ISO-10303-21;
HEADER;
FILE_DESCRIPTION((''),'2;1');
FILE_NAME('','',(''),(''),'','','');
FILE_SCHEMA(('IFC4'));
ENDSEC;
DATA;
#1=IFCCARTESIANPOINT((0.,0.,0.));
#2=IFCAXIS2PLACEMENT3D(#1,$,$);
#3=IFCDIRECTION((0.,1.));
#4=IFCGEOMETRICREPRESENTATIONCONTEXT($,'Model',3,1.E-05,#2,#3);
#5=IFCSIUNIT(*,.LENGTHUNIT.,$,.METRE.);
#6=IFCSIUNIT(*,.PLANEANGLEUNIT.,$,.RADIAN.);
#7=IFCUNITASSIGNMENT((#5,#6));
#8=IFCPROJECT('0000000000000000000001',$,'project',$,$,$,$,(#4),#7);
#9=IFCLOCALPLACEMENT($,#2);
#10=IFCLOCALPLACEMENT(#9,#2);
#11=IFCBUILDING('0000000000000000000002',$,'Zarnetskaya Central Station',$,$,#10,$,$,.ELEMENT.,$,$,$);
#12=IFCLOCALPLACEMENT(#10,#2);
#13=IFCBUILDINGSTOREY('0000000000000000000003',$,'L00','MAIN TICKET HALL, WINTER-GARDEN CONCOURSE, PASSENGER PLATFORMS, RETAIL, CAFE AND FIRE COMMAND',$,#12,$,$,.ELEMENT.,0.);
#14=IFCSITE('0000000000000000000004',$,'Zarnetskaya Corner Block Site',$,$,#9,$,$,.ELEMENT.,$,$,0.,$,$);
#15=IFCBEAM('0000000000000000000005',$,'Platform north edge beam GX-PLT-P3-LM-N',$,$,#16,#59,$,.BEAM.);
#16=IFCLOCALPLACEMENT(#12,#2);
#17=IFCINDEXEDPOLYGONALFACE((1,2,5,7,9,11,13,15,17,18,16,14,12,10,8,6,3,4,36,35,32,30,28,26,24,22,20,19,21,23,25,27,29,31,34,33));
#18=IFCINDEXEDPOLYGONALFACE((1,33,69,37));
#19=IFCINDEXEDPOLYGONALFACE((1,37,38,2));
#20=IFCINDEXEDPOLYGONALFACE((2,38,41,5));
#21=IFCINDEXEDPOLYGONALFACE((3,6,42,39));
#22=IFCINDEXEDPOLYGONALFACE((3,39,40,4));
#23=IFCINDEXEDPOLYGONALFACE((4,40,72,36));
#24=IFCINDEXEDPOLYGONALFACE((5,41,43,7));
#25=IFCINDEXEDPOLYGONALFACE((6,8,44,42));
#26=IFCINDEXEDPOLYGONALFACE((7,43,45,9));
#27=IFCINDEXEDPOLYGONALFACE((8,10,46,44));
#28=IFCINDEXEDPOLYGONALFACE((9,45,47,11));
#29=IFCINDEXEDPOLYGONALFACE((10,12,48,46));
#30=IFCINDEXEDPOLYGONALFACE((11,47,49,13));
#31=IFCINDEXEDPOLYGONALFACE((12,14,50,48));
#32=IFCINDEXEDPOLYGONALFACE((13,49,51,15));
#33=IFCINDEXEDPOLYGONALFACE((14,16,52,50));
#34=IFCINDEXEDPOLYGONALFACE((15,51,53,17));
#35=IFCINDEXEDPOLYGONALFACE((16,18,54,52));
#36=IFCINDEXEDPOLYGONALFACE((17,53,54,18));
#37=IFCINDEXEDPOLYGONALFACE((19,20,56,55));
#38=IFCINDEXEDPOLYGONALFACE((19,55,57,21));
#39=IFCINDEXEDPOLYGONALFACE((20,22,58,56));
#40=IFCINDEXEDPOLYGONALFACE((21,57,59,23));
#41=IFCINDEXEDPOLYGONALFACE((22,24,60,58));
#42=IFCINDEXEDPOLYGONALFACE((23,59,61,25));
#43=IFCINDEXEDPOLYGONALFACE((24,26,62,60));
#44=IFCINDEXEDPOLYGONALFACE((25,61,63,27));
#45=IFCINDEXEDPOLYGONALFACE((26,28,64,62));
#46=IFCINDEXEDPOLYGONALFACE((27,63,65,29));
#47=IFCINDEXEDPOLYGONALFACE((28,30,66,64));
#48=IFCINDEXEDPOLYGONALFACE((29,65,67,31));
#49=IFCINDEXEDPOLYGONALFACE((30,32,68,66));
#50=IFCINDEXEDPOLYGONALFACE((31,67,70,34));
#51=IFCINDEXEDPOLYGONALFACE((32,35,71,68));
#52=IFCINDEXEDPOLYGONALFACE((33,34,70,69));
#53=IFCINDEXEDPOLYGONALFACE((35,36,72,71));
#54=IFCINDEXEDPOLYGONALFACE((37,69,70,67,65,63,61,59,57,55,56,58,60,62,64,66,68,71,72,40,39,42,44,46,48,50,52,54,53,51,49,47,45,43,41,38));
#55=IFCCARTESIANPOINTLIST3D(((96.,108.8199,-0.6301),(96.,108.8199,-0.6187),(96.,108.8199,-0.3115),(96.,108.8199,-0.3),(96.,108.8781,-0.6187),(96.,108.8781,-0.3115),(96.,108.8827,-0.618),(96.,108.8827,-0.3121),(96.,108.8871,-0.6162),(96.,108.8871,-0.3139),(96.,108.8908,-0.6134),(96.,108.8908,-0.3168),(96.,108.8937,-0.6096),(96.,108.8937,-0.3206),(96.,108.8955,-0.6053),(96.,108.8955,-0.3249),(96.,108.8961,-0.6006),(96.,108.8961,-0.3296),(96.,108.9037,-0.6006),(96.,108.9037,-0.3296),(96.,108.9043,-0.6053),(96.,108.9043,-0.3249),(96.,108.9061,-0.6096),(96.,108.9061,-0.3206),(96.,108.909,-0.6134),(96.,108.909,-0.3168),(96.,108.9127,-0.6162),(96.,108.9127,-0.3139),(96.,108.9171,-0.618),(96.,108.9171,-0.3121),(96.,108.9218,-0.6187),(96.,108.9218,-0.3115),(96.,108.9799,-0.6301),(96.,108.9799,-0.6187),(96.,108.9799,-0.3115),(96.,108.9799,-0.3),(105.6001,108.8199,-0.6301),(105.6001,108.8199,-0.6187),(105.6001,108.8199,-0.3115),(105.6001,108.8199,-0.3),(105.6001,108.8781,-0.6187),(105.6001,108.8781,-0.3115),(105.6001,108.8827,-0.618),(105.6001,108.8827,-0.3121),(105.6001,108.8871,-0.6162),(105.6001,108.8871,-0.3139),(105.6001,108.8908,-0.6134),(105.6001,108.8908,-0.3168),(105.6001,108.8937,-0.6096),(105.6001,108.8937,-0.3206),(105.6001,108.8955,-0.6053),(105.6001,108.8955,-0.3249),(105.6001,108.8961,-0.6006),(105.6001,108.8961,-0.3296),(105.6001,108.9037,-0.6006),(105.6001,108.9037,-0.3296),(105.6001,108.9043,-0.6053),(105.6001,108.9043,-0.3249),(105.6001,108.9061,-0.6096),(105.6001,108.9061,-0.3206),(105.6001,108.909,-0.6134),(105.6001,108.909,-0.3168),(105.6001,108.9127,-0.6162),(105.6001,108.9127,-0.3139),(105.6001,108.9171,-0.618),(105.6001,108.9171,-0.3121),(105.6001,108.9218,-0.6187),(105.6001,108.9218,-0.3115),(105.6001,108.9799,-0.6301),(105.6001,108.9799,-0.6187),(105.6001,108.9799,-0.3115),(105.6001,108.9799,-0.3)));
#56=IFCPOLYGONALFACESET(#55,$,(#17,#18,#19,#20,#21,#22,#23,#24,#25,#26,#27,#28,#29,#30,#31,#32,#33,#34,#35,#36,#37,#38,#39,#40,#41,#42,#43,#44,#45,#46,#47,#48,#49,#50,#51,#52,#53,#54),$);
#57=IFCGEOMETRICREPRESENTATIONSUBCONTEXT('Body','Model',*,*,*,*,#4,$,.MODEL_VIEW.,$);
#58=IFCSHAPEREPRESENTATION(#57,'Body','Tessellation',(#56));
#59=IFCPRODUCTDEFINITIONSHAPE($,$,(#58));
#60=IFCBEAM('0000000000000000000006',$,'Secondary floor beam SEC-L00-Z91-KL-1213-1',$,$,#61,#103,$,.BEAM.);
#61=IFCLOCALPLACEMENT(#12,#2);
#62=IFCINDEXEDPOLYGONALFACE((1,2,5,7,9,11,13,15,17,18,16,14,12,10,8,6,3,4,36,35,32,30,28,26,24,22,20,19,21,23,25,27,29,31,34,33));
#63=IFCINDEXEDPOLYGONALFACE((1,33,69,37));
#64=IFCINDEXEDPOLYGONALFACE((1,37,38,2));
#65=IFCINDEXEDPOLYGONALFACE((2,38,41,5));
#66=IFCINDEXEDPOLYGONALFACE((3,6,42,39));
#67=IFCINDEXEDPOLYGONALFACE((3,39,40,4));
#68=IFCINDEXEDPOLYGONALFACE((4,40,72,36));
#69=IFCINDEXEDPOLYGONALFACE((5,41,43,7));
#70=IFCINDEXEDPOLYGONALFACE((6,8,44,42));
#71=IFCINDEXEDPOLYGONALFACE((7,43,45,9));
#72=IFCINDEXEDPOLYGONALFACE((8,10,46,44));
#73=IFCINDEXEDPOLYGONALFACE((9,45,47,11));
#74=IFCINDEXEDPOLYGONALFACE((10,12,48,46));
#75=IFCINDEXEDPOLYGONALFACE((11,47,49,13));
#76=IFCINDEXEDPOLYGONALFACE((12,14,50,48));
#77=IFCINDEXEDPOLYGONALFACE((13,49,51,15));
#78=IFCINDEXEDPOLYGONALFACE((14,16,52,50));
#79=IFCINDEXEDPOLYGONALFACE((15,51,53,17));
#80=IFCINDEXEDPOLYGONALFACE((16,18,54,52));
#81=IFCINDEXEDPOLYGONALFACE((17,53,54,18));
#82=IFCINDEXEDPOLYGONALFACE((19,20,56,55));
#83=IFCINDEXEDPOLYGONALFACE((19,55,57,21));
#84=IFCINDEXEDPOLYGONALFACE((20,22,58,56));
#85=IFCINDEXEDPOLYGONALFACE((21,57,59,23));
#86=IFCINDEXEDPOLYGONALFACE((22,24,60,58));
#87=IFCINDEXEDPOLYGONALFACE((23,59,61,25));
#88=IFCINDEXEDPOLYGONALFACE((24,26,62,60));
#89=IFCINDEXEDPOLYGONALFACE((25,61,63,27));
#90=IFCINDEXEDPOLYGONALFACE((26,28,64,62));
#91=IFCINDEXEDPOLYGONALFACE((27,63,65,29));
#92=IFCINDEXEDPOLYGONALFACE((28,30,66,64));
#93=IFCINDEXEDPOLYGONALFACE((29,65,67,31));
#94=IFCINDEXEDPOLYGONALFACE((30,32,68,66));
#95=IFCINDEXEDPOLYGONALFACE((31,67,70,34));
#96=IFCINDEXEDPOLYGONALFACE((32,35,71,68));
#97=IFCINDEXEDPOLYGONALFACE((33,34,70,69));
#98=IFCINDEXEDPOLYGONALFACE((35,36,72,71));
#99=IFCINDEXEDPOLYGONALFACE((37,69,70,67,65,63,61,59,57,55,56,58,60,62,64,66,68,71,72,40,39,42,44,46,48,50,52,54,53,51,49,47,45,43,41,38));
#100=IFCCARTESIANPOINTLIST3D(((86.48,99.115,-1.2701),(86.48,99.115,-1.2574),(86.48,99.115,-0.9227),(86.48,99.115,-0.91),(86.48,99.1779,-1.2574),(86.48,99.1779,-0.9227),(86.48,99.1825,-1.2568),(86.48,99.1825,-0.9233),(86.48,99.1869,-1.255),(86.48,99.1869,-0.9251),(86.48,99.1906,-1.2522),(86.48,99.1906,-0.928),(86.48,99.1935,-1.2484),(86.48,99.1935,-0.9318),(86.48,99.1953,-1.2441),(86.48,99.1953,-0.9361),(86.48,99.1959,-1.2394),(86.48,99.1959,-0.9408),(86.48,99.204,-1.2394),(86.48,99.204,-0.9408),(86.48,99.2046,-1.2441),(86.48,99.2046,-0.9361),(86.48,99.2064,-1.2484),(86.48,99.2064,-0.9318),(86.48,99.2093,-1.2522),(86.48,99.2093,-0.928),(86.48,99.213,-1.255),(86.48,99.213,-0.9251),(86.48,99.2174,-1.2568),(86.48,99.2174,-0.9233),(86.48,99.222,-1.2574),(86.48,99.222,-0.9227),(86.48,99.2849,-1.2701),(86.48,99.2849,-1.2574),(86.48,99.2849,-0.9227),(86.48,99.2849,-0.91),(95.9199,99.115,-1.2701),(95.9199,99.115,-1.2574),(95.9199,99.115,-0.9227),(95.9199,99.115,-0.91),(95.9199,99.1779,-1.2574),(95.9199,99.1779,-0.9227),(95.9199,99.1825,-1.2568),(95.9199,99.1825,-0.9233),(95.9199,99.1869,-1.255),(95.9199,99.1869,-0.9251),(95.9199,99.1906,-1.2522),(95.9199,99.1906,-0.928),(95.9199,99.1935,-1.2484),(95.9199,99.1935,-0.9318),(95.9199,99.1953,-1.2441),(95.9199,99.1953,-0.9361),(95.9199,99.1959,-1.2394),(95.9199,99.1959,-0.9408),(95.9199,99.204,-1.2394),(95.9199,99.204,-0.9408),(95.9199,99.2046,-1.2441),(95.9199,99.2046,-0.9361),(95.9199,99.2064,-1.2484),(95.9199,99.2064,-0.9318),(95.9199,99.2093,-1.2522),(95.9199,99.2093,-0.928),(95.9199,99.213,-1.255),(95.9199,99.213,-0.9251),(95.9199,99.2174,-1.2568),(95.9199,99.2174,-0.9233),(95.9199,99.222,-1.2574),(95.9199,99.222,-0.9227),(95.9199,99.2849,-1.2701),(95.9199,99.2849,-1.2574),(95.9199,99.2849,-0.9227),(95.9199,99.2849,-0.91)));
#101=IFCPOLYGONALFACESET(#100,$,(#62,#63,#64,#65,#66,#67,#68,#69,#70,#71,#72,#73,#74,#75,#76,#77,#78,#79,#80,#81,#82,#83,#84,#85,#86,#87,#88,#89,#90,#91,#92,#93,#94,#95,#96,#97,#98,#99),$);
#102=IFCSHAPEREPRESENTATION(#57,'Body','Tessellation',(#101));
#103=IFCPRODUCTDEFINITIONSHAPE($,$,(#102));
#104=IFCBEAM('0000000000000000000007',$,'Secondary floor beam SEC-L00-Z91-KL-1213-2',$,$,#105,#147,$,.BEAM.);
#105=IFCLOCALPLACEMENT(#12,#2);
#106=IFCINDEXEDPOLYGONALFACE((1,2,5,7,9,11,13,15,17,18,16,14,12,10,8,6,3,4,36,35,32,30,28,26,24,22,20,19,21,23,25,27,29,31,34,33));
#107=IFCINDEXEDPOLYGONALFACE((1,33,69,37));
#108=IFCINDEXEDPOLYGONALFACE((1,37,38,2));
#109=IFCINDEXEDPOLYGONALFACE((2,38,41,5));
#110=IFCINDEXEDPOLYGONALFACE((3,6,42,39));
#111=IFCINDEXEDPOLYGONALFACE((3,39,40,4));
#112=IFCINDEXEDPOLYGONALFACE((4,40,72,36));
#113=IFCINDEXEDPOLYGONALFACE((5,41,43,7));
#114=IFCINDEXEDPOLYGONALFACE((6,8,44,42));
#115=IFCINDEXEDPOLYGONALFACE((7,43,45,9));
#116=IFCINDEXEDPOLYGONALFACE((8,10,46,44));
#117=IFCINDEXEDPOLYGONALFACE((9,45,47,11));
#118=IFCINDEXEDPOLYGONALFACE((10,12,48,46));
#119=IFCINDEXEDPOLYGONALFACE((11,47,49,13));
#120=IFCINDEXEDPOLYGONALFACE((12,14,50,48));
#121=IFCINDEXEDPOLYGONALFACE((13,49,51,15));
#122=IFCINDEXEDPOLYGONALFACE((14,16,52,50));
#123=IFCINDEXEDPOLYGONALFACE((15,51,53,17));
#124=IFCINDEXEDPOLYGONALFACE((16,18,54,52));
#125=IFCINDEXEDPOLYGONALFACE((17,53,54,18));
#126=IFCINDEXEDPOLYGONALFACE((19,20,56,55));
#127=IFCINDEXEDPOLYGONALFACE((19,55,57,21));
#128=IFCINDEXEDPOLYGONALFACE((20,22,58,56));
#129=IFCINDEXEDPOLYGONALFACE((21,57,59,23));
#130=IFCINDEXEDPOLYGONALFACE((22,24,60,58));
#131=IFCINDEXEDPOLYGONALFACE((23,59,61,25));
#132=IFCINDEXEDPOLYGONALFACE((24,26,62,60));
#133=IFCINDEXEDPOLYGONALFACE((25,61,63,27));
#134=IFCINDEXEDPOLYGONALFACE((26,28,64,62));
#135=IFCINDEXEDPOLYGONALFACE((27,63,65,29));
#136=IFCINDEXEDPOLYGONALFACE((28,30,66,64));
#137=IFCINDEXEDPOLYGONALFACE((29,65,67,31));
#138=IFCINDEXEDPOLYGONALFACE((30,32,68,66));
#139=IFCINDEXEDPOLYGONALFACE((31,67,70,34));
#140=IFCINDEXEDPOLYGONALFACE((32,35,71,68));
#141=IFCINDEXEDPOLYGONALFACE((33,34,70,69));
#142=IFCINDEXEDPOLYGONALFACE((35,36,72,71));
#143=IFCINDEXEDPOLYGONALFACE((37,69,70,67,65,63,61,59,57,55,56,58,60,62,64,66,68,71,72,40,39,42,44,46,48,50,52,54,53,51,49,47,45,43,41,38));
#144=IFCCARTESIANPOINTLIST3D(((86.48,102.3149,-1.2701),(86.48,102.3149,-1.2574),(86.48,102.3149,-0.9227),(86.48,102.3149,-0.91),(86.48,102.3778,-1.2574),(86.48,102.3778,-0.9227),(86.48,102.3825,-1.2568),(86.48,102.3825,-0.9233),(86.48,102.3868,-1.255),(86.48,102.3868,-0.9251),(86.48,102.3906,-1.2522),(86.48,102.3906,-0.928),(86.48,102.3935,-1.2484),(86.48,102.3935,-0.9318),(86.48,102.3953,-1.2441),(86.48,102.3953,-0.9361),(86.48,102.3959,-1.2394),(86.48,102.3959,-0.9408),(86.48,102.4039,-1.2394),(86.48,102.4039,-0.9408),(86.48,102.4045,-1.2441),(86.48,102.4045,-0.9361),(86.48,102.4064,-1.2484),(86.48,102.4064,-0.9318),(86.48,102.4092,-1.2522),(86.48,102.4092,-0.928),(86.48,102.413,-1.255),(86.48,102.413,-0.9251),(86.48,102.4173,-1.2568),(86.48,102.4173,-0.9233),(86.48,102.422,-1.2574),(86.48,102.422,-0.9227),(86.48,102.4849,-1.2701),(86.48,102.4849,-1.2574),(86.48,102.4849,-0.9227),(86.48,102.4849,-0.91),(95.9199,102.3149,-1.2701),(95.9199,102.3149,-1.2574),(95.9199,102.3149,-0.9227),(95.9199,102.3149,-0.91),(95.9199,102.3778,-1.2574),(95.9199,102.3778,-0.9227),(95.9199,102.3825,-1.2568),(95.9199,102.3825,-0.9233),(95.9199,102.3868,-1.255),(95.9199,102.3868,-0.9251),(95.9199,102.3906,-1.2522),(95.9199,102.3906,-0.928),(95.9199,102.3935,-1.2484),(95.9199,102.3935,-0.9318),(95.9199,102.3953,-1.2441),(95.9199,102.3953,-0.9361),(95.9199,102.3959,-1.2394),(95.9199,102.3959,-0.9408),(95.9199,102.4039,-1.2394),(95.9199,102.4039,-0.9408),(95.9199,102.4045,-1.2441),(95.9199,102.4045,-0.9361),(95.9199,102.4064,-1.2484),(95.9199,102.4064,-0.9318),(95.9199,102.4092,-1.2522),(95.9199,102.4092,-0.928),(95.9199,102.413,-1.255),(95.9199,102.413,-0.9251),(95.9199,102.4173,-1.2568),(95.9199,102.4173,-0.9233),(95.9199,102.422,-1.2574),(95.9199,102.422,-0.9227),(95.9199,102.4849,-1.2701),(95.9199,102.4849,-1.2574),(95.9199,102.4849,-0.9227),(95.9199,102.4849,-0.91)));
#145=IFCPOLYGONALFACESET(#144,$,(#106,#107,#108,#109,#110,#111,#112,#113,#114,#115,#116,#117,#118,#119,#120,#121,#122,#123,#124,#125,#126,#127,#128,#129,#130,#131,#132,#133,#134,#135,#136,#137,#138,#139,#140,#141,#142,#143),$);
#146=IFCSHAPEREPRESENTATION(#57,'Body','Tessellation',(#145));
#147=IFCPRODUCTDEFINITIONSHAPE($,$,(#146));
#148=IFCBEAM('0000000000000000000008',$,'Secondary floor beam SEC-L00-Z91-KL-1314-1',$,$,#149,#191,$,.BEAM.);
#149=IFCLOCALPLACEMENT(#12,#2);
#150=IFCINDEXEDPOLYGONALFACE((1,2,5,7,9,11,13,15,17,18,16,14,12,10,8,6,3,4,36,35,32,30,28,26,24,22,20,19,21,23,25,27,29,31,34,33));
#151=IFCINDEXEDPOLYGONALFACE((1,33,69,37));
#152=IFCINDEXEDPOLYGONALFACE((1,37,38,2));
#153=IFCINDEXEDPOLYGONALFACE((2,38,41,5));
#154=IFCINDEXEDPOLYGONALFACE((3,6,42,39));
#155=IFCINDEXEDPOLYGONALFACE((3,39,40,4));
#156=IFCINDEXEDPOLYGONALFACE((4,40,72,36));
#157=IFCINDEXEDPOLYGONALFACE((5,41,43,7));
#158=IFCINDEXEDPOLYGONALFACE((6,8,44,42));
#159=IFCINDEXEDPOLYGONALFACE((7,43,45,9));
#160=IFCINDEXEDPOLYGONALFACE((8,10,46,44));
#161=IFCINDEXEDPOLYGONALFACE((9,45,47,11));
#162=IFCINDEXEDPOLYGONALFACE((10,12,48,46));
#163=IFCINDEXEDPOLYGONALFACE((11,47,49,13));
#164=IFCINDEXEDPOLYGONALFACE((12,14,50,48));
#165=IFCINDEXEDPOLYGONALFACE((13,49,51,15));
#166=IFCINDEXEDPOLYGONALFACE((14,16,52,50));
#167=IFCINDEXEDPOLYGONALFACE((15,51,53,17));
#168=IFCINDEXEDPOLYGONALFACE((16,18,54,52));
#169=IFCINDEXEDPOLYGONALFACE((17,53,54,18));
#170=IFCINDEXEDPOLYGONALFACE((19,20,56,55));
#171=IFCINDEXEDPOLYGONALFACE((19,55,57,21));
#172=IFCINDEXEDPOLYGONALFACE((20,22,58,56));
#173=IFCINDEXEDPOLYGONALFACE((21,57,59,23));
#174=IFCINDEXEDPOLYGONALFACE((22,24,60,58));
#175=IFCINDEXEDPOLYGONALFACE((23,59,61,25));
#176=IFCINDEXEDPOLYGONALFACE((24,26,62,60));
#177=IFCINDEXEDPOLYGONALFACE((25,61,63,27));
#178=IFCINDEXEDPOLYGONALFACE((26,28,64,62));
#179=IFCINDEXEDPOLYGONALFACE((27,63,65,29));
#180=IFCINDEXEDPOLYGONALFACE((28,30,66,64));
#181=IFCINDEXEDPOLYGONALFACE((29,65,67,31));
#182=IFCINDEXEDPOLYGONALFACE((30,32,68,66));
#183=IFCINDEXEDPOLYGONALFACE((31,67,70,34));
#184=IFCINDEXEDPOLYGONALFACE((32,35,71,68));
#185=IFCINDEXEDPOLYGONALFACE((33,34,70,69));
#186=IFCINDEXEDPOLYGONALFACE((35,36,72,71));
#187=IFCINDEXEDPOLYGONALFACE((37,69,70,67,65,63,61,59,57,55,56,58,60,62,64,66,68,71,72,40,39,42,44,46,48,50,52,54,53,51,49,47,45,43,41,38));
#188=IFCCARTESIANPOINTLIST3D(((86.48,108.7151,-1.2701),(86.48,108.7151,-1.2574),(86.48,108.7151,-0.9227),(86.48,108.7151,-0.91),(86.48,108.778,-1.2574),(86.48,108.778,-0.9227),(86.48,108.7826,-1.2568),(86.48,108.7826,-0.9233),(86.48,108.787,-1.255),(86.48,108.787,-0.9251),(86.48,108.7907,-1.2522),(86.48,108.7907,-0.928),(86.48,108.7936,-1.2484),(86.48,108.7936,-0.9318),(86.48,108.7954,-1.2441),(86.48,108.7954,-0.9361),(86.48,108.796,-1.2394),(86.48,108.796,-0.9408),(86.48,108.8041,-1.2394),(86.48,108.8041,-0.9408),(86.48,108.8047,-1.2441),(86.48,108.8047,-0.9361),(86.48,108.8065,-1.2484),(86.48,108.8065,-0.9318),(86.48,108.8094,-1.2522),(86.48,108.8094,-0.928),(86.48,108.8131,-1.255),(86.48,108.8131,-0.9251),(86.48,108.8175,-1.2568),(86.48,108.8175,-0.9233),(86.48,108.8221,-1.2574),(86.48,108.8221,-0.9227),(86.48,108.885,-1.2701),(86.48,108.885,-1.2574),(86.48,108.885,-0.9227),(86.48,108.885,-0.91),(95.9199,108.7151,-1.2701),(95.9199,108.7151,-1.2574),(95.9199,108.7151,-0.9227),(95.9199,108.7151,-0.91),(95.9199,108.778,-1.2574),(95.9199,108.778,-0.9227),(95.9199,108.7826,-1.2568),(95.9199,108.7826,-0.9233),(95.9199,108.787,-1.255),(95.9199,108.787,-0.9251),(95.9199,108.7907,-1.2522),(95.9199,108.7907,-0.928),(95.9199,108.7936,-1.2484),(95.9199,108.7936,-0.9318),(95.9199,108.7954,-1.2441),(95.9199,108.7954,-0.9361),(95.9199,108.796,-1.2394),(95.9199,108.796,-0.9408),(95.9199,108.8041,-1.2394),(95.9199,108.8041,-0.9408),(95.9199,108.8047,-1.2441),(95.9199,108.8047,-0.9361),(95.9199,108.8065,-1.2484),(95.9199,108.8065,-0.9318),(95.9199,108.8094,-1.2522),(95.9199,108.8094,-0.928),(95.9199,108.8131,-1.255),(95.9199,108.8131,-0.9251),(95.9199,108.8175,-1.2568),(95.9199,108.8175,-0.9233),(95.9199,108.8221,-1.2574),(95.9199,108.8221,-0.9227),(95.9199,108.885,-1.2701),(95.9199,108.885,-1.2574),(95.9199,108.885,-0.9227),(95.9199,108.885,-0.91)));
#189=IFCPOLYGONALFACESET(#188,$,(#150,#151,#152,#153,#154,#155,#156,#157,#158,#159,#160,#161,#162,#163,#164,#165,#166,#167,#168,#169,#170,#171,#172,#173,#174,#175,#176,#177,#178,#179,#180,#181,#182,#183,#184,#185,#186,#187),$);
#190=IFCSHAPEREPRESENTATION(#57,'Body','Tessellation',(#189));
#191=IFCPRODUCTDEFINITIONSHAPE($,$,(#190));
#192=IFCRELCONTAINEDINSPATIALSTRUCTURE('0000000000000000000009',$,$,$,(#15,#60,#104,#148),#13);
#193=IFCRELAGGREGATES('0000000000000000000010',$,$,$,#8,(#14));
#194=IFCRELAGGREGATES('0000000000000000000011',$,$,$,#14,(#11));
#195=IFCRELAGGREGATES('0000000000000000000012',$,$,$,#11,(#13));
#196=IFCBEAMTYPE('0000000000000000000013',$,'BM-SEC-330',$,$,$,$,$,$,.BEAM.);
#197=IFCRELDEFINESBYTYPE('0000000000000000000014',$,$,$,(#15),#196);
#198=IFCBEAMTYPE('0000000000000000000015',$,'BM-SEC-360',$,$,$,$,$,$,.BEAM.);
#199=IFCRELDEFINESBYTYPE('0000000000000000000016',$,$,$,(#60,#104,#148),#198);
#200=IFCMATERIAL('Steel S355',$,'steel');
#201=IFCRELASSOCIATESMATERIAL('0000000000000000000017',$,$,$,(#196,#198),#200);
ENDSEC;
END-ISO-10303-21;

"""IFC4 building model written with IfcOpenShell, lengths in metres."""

from ifc_helpers import new_model, si_unit, direction, frame, origin, origin_2d, place, context, subcontext, project, spatial, i_section, extrude, material, material_profile, profile_set, type_object, element, save


model = new_model("IFC4")

# Units and contexts
model_context = context("Model", 3, precision=1e-05, world=origin(), true_north=direction((0.0, 1.0)))
body_context = subcontext(model_context, "Body", "Model", "MODEL_VIEW")
ifc_project = project(units=[si_unit("LENGTHUNIT", "METRE"), si_unit("PLANEANGLEUNIT", "RADIAN")], contexts=[model_context])

# Site, building, storey
site_placement = place(None, origin())
site = spatial("IfcSite", under=ifc_project, at=site_placement, Name="Zarnetskaya Corner Block Site", CompositionType="ELEMENT", RefElevation=0.0)
building_placement = place(site_placement, origin())
building = spatial("IfcBuilding", under=site, at=building_placement, Name="Zarnetskaya Central Station", CompositionType="ELEMENT")
storey_placement = place(building_placement, origin())
storey = spatial("IfcBuildingStorey", under=building, at=storey_placement, Name="L00", Description="MAIN TICKET HALL, WINTER-GARDEN CONCOURSE, PASSENGER PLATFORMS, RETAIL, CAFE AND FIRE COMMAND", CompositionType="ELEMENT", Elevation=0.0)

# Shared definitions
ifc_material_1 = material(Name="Steel S355", Category="steel")

# Beams
ifc_material_profile_1 = material_profile(ifc_material_1, i_section(OverallWidth=0.1599, OverallDepth=0.3301, WebThickness=0.0076, FlangeThickness=0.0115, FilletRadius=0.0181, at=origin_2d()), Name="IPE 330")
ifc_profile_set_1 = profile_set([ifc_material_profile_1], Name="Steel S355")
beam_type_1 = type_object("IfcBeamType", Name="BM-SEC-330", PredefinedType="BEAM", material=ifc_profile_set_1)
for number, where, z_axis, x_axis, name in (
    (1, (96.0, 108.8999, -0.4651), (1.0, 0.0, 0.0), (0.0, 1.0, 0.0), "Platform north edge beam GX-PLT-P3-LM-N"),
):
    element("IfcBeam", number, at=place(storey_placement, frame(where, z_axis=z_axis, x_axis=x_axis)), inside=storey, type_object=beam_type_1, Name=name, PredefinedType="BEAM", context=body_context, shape_type="SweptSolid", body=[
        extrude(i_section(OverallWidth=0.1599, OverallDepth=0.3301, WebThickness=0.0076, FlangeThickness=0.0115, FilletRadius=0.0181, at=origin_2d()), origin(), (0.0, 0.0, 1.0), 9.6001),
    ])
ifc_material_profile_2 = material_profile(ifc_material_1, i_section(OverallWidth=0.1699, OverallDepth=0.3601, WebThickness=0.0081, FlangeThickness=0.0127, FilletRadius=0.0181, at=origin_2d()), Name="IPE 360")
ifc_profile_set_2 = profile_set([ifc_material_profile_2], Name="Steel S355")
beam_type_2 = type_object("IfcBeamType", Name="BM-SEC-360", PredefinedType="BEAM", material=ifc_profile_set_2)
for number, where, z_axis, x_axis, name in (
    (2, (86.48, 99.2, -1.0901), (1.0, 0.0, 0.0), (0.0, 1.0, 0.0), "Secondary floor beam SEC-L00-Z91-KL-1213-1"),
    (3, (86.48, 102.3999, -1.0901), (1.0, 0.0, 0.0), (0.0, 1.0, 0.0), "Secondary floor beam SEC-L00-Z91-KL-1213-2"),
    (4, (86.48, 108.8, -1.0901), (1.0, 0.0, 0.0), (0.0, 1.0, 0.0), "Secondary floor beam SEC-L00-Z91-KL-1314-1"),
):
    element("IfcBeam", number, at=place(storey_placement, frame(where, z_axis=z_axis, x_axis=x_axis)), inside=storey, type_object=beam_type_2, Name=name, PredefinedType="BEAM", context=body_context, shape_type="SweptSolid", body=[
        extrude(i_section(OverallWidth=0.1699, OverallDepth=0.3601, WebThickness=0.0081, FlangeThickness=0.0127, FilletRadius=0.0181, at=origin_2d()), origin(), (0.0, 0.0, 1.0), 9.4399),
    ])

save(model, "model.ifc")
